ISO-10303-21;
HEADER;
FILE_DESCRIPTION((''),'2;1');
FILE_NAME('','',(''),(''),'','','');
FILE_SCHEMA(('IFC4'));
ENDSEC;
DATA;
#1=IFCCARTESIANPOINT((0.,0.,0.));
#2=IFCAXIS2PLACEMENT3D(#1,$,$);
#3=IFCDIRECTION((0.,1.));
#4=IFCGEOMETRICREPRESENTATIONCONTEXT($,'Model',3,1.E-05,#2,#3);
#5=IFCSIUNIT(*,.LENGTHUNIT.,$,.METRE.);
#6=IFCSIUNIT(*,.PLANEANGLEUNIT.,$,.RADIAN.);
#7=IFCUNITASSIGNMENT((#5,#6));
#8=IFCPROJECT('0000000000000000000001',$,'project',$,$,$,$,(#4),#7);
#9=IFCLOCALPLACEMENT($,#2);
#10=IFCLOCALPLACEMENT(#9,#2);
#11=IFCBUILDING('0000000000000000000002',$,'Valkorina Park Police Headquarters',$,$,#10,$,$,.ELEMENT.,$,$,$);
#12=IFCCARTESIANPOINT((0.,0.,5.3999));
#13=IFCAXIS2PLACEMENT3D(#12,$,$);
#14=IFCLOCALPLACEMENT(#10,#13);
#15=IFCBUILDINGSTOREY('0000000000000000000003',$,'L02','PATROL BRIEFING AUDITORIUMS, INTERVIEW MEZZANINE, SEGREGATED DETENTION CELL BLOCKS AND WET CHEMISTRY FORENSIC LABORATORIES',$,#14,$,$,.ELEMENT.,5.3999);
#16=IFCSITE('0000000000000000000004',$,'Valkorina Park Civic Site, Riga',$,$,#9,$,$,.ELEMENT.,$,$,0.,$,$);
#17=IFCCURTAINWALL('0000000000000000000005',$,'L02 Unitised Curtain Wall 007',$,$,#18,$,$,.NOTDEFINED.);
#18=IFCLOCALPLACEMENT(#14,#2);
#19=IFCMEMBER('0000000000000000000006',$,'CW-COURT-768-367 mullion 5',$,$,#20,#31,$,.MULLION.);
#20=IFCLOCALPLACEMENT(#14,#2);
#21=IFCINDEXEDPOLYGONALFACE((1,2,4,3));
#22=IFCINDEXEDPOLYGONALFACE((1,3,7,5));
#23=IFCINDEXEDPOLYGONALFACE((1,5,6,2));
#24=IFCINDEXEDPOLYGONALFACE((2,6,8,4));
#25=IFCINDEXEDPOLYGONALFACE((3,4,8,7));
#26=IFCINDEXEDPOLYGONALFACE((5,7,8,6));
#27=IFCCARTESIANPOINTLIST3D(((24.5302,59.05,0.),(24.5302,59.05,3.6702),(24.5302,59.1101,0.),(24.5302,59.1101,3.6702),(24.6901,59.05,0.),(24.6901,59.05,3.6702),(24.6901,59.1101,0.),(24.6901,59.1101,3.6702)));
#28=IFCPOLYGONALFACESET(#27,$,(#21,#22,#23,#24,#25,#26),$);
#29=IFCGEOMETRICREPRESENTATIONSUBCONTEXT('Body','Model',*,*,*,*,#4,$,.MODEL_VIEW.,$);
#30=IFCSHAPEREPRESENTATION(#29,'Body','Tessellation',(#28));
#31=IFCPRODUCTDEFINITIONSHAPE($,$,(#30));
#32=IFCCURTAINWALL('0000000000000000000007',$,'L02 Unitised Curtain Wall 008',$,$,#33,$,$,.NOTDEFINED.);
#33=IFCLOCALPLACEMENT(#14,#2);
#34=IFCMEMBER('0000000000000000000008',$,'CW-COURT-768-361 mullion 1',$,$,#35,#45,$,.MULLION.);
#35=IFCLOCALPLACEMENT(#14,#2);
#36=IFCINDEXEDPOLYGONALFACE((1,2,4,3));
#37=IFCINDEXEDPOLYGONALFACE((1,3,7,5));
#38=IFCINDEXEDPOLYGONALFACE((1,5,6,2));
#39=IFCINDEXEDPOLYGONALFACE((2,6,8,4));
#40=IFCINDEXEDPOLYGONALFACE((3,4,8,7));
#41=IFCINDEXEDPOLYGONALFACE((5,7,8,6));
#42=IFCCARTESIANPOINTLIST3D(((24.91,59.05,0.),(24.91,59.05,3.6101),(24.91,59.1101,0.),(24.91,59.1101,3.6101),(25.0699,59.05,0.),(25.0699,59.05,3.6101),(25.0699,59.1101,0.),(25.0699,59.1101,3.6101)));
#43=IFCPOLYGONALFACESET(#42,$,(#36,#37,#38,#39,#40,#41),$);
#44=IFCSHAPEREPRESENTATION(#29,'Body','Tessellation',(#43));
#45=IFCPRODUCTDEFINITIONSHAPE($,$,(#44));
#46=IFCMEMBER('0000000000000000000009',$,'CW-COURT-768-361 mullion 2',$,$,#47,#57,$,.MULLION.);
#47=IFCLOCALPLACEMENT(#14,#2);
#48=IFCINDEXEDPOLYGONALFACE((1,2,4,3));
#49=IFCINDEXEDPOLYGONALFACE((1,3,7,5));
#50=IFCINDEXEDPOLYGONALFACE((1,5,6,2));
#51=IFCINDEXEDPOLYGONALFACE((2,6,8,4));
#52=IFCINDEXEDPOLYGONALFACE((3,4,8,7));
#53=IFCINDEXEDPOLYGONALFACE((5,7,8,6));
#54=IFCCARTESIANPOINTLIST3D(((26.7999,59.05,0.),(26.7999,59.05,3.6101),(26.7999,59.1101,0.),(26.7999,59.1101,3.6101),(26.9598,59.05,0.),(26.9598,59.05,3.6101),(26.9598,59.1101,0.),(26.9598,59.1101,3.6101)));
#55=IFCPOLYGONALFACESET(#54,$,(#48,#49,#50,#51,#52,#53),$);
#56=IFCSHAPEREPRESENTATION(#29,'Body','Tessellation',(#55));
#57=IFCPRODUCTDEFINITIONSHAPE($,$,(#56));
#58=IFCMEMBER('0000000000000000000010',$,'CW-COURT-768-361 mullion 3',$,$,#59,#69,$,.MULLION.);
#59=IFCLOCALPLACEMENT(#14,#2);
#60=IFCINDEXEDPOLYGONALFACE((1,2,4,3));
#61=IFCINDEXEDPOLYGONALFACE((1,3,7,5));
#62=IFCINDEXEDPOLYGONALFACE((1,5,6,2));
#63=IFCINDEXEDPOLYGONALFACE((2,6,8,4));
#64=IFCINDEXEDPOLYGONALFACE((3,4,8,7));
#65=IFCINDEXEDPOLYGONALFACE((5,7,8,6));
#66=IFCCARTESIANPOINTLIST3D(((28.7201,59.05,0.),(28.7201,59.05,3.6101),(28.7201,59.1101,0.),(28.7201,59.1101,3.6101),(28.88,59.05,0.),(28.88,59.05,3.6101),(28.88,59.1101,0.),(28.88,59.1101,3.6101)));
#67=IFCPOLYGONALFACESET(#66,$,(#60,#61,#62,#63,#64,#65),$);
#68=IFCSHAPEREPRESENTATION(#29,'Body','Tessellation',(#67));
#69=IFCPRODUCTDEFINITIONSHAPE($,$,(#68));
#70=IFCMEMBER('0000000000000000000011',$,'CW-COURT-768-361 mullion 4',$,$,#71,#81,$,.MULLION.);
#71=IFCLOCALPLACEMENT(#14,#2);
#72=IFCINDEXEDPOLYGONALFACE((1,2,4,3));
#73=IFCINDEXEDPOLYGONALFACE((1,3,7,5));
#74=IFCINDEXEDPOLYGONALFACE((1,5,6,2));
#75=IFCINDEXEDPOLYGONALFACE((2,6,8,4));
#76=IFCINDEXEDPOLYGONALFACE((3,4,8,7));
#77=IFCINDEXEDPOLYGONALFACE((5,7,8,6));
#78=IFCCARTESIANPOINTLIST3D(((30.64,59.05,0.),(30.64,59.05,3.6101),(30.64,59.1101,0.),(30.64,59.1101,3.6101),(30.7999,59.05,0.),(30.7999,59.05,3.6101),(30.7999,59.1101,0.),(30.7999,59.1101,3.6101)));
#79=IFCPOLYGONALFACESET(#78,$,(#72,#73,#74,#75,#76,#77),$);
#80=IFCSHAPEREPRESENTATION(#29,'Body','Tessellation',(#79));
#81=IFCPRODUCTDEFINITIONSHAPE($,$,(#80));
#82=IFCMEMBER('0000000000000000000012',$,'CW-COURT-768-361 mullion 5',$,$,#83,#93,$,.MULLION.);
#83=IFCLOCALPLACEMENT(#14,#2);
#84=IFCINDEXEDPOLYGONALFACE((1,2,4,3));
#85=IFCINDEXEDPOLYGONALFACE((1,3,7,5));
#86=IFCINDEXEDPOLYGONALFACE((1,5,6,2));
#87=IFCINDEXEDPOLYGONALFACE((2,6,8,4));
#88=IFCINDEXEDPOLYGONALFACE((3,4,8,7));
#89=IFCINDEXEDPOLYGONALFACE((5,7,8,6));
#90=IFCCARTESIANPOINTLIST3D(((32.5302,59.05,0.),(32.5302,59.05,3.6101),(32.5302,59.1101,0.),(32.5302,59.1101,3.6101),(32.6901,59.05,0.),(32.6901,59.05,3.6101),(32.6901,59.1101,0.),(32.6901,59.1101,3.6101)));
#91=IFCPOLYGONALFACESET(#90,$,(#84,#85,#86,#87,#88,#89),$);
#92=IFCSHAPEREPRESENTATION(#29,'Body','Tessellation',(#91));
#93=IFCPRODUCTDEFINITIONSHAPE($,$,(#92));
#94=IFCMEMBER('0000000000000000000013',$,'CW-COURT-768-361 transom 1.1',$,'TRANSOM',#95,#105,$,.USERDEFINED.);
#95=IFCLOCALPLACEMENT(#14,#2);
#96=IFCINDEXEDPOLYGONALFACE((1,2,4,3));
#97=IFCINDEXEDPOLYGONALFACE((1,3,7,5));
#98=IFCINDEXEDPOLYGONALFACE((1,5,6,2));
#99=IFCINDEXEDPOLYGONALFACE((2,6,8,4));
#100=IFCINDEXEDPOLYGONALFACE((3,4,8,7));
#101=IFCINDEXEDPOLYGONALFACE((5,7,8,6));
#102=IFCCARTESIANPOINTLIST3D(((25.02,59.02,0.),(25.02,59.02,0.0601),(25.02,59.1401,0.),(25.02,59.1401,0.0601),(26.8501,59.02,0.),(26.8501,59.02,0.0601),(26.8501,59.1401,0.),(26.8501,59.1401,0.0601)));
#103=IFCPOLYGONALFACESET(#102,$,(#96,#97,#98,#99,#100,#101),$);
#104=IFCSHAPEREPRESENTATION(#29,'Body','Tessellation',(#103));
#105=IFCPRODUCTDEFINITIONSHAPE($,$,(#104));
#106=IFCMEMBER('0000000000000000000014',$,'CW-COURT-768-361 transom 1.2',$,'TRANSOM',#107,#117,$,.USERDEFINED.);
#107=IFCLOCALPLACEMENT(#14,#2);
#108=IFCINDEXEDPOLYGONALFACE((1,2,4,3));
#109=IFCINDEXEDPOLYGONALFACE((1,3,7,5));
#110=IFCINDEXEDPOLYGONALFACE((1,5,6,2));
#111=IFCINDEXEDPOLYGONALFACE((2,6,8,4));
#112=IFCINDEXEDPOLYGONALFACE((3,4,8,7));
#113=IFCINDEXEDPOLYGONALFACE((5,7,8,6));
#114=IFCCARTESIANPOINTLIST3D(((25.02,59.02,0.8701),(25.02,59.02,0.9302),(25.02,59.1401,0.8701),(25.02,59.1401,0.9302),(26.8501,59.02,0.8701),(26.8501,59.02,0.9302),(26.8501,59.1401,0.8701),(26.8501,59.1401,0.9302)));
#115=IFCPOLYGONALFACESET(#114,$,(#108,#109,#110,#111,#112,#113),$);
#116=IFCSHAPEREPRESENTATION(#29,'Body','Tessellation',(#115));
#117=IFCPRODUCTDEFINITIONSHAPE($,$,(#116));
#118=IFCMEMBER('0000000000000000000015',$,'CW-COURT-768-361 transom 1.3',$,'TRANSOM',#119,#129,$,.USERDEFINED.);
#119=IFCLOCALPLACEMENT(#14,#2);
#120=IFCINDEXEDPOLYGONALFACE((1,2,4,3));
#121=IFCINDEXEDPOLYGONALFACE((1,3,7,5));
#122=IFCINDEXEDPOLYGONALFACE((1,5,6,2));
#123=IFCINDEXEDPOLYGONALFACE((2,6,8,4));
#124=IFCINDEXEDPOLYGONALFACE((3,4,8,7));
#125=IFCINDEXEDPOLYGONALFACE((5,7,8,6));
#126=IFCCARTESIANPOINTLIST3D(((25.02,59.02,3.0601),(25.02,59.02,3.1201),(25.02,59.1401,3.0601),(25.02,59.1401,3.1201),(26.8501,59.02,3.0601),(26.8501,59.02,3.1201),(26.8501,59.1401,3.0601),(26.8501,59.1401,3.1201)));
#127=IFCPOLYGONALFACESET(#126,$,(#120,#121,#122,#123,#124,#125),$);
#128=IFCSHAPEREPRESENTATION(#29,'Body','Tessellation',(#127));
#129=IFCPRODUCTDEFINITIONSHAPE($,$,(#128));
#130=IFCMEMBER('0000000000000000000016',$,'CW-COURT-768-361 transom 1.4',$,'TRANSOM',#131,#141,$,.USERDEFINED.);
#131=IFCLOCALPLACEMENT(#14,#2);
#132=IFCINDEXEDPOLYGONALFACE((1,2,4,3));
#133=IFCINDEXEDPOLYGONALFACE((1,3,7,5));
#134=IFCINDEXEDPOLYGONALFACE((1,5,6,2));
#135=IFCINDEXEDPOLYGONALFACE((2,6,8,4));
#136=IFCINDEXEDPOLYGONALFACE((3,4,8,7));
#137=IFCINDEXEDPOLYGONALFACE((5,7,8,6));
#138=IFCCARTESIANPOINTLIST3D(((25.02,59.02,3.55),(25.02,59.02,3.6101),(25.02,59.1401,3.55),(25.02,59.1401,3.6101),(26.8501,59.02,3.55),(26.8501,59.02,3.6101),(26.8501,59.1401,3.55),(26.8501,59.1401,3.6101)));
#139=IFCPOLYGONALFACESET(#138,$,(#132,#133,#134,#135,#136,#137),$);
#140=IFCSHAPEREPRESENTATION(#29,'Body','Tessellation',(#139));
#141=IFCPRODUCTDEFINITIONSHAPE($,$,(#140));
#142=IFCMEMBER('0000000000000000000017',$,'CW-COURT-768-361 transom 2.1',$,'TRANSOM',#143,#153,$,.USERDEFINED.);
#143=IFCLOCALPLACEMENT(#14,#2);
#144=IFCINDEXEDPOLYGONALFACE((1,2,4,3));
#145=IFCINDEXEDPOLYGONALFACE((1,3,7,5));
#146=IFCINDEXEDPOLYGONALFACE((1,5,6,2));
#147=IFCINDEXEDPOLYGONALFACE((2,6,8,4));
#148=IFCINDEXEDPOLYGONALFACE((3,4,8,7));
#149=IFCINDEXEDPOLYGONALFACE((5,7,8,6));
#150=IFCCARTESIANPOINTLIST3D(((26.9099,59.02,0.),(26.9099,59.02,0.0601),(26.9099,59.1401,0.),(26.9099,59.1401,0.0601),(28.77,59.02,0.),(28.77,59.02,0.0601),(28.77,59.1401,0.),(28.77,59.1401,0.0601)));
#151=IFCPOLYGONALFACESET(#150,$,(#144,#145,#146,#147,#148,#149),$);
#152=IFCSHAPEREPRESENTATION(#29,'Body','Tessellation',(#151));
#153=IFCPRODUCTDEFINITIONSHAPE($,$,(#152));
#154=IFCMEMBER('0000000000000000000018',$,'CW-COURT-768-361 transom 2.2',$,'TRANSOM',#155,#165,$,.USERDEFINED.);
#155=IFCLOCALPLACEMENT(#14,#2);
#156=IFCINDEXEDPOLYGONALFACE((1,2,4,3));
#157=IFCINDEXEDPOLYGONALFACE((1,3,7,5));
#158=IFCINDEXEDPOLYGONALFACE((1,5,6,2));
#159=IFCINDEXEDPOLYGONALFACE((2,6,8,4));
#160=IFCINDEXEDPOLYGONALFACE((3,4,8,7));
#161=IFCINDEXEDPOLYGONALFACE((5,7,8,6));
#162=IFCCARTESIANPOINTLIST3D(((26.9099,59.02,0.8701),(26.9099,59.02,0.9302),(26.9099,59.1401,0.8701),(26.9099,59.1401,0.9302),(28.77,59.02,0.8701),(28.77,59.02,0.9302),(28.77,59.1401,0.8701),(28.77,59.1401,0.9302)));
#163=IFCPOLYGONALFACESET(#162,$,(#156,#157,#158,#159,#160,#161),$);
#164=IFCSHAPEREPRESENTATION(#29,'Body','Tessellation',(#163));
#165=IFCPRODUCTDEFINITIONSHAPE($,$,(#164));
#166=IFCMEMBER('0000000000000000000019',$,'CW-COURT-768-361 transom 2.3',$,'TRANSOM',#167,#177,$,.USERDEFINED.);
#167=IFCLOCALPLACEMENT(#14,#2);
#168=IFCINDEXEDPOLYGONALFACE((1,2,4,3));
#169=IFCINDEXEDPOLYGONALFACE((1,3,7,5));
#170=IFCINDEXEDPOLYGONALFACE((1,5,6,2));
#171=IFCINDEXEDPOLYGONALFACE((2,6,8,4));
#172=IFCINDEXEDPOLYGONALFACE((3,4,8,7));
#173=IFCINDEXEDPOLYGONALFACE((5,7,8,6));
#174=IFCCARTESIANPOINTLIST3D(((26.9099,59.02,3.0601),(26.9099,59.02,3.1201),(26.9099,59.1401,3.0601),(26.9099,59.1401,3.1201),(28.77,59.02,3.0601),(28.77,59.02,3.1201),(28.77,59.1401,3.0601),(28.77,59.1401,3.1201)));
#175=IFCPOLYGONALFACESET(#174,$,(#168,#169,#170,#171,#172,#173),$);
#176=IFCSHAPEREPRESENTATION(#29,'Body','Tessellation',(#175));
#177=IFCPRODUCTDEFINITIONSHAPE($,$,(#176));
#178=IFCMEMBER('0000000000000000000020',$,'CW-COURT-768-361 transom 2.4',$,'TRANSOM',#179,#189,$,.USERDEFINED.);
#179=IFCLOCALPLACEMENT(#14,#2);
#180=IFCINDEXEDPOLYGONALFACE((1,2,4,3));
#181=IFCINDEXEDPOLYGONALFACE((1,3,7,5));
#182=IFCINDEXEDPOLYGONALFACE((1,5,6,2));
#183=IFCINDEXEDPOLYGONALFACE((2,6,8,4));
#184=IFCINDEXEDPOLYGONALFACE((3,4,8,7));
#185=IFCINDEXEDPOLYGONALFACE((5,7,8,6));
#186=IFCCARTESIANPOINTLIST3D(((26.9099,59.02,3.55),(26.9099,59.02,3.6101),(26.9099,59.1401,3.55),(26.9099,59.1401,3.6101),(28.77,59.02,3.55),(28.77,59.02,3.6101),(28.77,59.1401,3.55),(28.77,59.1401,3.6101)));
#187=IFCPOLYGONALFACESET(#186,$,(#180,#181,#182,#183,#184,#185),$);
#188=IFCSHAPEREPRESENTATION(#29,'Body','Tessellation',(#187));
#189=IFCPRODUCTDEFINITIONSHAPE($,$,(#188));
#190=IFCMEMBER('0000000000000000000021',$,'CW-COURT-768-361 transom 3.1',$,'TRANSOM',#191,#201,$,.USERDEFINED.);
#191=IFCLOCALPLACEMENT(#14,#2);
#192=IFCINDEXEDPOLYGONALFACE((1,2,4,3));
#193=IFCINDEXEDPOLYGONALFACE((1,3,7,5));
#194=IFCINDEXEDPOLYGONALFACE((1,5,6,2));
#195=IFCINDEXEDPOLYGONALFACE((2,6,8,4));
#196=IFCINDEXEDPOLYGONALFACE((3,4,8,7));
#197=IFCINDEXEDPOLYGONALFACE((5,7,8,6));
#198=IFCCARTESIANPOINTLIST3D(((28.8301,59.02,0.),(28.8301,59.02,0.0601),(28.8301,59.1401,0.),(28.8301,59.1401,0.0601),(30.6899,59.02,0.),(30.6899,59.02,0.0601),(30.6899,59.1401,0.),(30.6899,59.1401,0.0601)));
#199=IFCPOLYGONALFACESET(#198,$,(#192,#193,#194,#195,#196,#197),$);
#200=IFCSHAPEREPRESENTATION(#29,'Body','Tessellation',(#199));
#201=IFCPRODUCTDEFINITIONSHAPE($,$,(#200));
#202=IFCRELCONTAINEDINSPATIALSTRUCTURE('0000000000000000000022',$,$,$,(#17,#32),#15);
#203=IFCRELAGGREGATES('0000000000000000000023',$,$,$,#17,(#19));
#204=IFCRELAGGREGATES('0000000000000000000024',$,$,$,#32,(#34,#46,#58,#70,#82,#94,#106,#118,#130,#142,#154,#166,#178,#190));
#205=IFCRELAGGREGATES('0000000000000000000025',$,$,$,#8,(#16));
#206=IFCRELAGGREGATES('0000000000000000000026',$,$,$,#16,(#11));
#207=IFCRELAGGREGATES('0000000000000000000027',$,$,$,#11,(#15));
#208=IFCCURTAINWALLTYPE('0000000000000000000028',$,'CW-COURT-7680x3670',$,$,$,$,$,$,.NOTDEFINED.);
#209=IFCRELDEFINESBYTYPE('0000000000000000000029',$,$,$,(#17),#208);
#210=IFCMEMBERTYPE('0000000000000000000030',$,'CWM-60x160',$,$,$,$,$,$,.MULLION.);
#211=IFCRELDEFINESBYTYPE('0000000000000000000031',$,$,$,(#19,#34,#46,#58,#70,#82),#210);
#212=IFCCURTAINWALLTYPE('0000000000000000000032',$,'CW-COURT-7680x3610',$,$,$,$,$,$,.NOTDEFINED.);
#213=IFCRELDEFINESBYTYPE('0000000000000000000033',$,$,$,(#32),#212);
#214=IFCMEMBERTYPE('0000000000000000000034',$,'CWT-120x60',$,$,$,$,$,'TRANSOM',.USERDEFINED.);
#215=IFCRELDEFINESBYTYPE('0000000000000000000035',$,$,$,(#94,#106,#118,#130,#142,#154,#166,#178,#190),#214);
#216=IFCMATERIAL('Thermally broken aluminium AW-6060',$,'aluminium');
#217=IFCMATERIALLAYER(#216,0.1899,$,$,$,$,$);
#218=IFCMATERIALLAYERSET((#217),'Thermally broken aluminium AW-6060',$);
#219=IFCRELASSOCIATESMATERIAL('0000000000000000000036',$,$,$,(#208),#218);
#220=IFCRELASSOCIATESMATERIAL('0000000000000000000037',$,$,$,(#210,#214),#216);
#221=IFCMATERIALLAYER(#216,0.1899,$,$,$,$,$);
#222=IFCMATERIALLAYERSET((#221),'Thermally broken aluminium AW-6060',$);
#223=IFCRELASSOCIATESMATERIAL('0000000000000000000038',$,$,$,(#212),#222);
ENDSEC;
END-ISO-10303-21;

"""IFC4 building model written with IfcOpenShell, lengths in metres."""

from ifc_helpers import new_model, si_unit, direction, frame, origin, origin_2d, place, context, subcontext, project, spatial, rectangle, extrude, material, layer, layer_set, material_profile, profile_set, type_object, element, aggregate, save


model = new_model("IFC4")

# Units and contexts
model_context = context("Model", 3, precision=1e-05, world=origin(), true_north=direction((0.0, 1.0)))
body_context = subcontext(model_context, "Body", "Model", "MODEL_VIEW")
ifc_project = project(units=[si_unit("LENGTHUNIT", "METRE"), si_unit("PLANEANGLEUNIT", "RADIAN")], contexts=[model_context])

# Site, building, storey
site_placement = place(None, origin())
site = spatial("IfcSite", under=ifc_project, at=site_placement, Name="Valkorina Park Civic Site, Riga", CompositionType="ELEMENT", RefElevation=0.0)
building_placement = place(site_placement, origin())
building = spatial("IfcBuilding", under=site, at=building_placement, Name="Valkorina Park Police Headquarters", CompositionType="ELEMENT")
storey_placement = place(building_placement, frame((0.0, 0.0, 5.3999)))
storey = spatial("IfcBuildingStorey", under=building, at=storey_placement, Name="L02", Description="PATROL BRIEFING AUDITORIUMS, INTERVIEW MEZZANINE, SEGREGATED DETENTION CELL BLOCKS AND WET CHEMISTRY FORENSIC LABORATORIES", CompositionType="ELEMENT", Elevation=5.3999)

# Curtain wall, member
ifc_material_1 = material(Name="Thermally broken aluminium AW-6060", Category="aluminium")
ifc_layer_1 = layer(ifc_material_1, 0.1899)
ifc_layer_set_1 = layer_set([ifc_layer_1], Name="Thermally broken aluminium AW-6060")
curtain_wall_type_1 = type_object("IfcCurtainWallType", Name="CW-COURT-7680x3670", PredefinedType="NOTDEFINED", material=ifc_layer_set_1)
curtain_wall_1_placement = place(storey_placement, origin())
curtain_wall_1 = element("IfcCurtainWall", 1, at=curtain_wall_1_placement, inside=storey, type_object=curtain_wall_type_1, Name="L02 Unitised Curtain Wall 007", PredefinedType="NOTDEFINED")
ifc_material_profile_1 = material_profile(ifc_material_1, rectangle(XDim=0.0601, YDim=0.1599, at=origin_2d()), Name="CWM-01 60x160")
ifc_profile_set_1 = profile_set([ifc_material_profile_1], Name="Thermally broken aluminium AW-6060")
member_type_1 = type_object("IfcMemberType", Name="CWM-60x160", PredefinedType="MULLION", material=ifc_profile_set_1)
member_1_placement = place(storey_placement, frame((24.6101, 59.0801, 0.0), z_axis=(0.0, 0.0, 1.0), x_axis=(0.0, 1.0, 0.0)))
member_1 = element("IfcMember", 2, at=member_1_placement, type_object=member_type_1, Name="CW-COURT-768-367 mullion 5", PredefinedType="MULLION", context=body_context, shape_type="SweptSolid", body=[
    extrude(rectangle(XDim=0.0601, YDim=0.1599, at=origin_2d()), origin(), (0.0, 0.0, 1.0), 3.6702),
])

# Curtain wall, members
ifc_layer_2 = layer(ifc_material_1, 0.1899)
ifc_layer_set_2 = layer_set([ifc_layer_2], Name="Thermally broken aluminium AW-6060")
curtain_wall_type_2 = type_object("IfcCurtainWallType", Name="CW-COURT-7680x3610", PredefinedType="NOTDEFINED", material=ifc_layer_set_2)
curtain_wall_2_placement = place(storey_placement, origin())
curtain_wall_2 = element("IfcCurtainWall", 3, at=curtain_wall_2_placement, inside=storey, type_object=curtain_wall_type_2, Name="L02 Unitised Curtain Wall 008", PredefinedType="NOTDEFINED")
member_2_placement = place(storey_placement, frame((24.99, 59.0801, 0.0), z_axis=(0.0, 0.0, 1.0), x_axis=(0.0, 1.0, 0.0)))
member_2 = element("IfcMember", 4, at=member_2_placement, type_object=member_type_1, Name="CW-COURT-768-361 mullion 1", PredefinedType="MULLION", context=body_context, shape_type="SweptSolid", body=[
    extrude(rectangle(XDim=0.0601, YDim=0.1599, at=origin_2d()), origin(), (0.0, 0.0, 1.0), 3.6101),
])
member_3_placement = place(storey_placement, frame((26.8799, 59.0801, 0.0), z_axis=(0.0, 0.0, 1.0), x_axis=(0.0, 1.0, 0.0)))
member_3 = element("IfcMember", 5, at=member_3_placement, type_object=member_type_1, Name="CW-COURT-768-361 mullion 2", PredefinedType="MULLION", context=body_context, shape_type="SweptSolid", body=[
    extrude(rectangle(XDim=0.0601, YDim=0.1599, at=origin_2d()), origin(), (0.0, 0.0, 1.0), 3.6101),
])
member_4_placement = place(storey_placement, frame((28.8, 59.0801, 0.0), z_axis=(0.0, 0.0, 1.0), x_axis=(0.0, 1.0, 0.0)))
member_4 = element("IfcMember", 6, at=member_4_placement, type_object=member_type_1, Name="CW-COURT-768-361 mullion 3", PredefinedType="MULLION", context=body_context, shape_type="SweptSolid", body=[
    extrude(rectangle(XDim=0.0601, YDim=0.1599, at=origin_2d()), origin(), (0.0, 0.0, 1.0), 3.6101),
])
member_5_placement = place(storey_placement, frame((30.72, 59.0801, 0.0), z_axis=(0.0, 0.0, 1.0), x_axis=(0.0, 1.0, 0.0)))
member_5 = element("IfcMember", 7, at=member_5_placement, type_object=member_type_1, Name="CW-COURT-768-361 mullion 4", PredefinedType="MULLION", context=body_context, shape_type="SweptSolid", body=[
    extrude(rectangle(XDim=0.0601, YDim=0.1599, at=origin_2d()), origin(), (0.0, 0.0, 1.0), 3.6101),
])
member_6_placement = place(storey_placement, frame((32.6101, 59.0801, 0.0), z_axis=(0.0, 0.0, 1.0), x_axis=(0.0, 1.0, 0.0)))
member_6 = element("IfcMember", 8, at=member_6_placement, type_object=member_type_1, Name="CW-COURT-768-361 mullion 5", PredefinedType="MULLION", context=body_context, shape_type="SweptSolid", body=[
    extrude(rectangle(XDim=0.0601, YDim=0.1599, at=origin_2d()), origin(), (0.0, 0.0, 1.0), 3.6101),
])
ifc_material_profile_2 = material_profile(ifc_material_1, rectangle(XDim=0.1201, YDim=0.0601, at=origin_2d()), Name="CWT-01 120x60")
ifc_profile_set_2 = profile_set([ifc_material_profile_2], Name="Thermally broken aluminium AW-6060")
member_type_2 = type_object("IfcMemberType", Name="CWT-120x60", ElementType="TRANSOM", PredefinedType="USERDEFINED", material=ifc_profile_set_2)
member_7_placement = place(storey_placement, frame((25.02, 59.0801, 0.03), z_axis=(1.0, 0.0, 0.0), x_axis=(0.0, 1.0, 0.0)))
member_7 = element("IfcMember", 9, at=member_7_placement, type_object=member_type_2, Name="CW-COURT-768-361 transom 1.1", ObjectType="TRANSOM", PredefinedType="USERDEFINED", context=body_context, shape_type="SweptSolid", body=[
    extrude(rectangle(XDim=0.1201, YDim=0.0601, at=origin_2d()), origin(), (0.0, 0.0, 1.0), 1.8301),
])
member_8_placement = place(storey_placement, frame((25.02, 59.0801, 0.9001), z_axis=(1.0, 0.0, 0.0), x_axis=(0.0, 1.0, 0.0)))
member_8 = element("IfcMember", 10, at=member_8_placement, type_object=member_type_2, Name="CW-COURT-768-361 transom 1.2", ObjectType="TRANSOM", PredefinedType="USERDEFINED", context=body_context, shape_type="SweptSolid", body=[
    extrude(rectangle(XDim=0.1201, YDim=0.0601, at=origin_2d()), origin(), (0.0, 0.0, 1.0), 1.8301),
])
member_9_placement = place(storey_placement, frame((25.02, 59.0801, 3.0901), z_axis=(1.0, 0.0, 0.0), x_axis=(0.0, 1.0, 0.0)))
member_9 = element("IfcMember", 11, at=member_9_placement, type_object=member_type_2, Name="CW-COURT-768-361 transom 1.3", ObjectType="TRANSOM", PredefinedType="USERDEFINED", context=body_context, shape_type="SweptSolid", body=[
    extrude(rectangle(XDim=0.1201, YDim=0.0601, at=origin_2d()), origin(), (0.0, 0.0, 1.0), 1.8301),
])
member_10_placement = place(storey_placement, frame((25.02, 59.0801, 3.5801), z_axis=(1.0, 0.0, 0.0), x_axis=(0.0, 1.0, 0.0)))
member_10 = element("IfcMember", 12, at=member_10_placement, type_object=member_type_2, Name="CW-COURT-768-361 transom 1.4", ObjectType="TRANSOM", PredefinedType="USERDEFINED", context=body_context, shape_type="SweptSolid", body=[
    extrude(rectangle(XDim=0.1201, YDim=0.0601, at=origin_2d()), origin(), (0.0, 0.0, 1.0), 1.8301),
])
member_11_placement = place(storey_placement, frame((26.9099, 59.0801, 0.03), z_axis=(1.0, 0.0, 0.0), x_axis=(0.0, 1.0, 0.0)))
member_11 = element("IfcMember", 13, at=member_11_placement, type_object=member_type_2, Name="CW-COURT-768-361 transom 2.1", ObjectType="TRANSOM", PredefinedType="USERDEFINED", context=body_context, shape_type="SweptSolid", body=[
    extrude(rectangle(XDim=0.1201, YDim=0.0601, at=origin_2d()), origin(), (0.0, 0.0, 1.0), 1.8601),
])
member_12_placement = place(storey_placement, frame((26.9099, 59.0801, 0.9001), z_axis=(1.0, 0.0, 0.0), x_axis=(0.0, 1.0, 0.0)))
member_12 = element("IfcMember", 14, at=member_12_placement, type_object=member_type_2, Name="CW-COURT-768-361 transom 2.2", ObjectType="TRANSOM", PredefinedType="USERDEFINED", context=body_context, shape_type="SweptSolid", body=[
    extrude(rectangle(XDim=0.1201, YDim=0.0601, at=origin_2d()), origin(), (0.0, 0.0, 1.0), 1.8601),
])
member_13_placement = place(storey_placement, frame((26.9099, 59.0801, 3.0901), z_axis=(1.0, 0.0, 0.0), x_axis=(0.0, 1.0, 0.0)))
member_13 = element("IfcMember", 15, at=member_13_placement, type_object=member_type_2, Name="CW-COURT-768-361 transom 2.3", ObjectType="TRANSOM", PredefinedType="USERDEFINED", context=body_context, shape_type="SweptSolid", body=[
    extrude(rectangle(XDim=0.1201, YDim=0.0601, at=origin_2d()), origin(), (0.0, 0.0, 1.0), 1.8601),
])
member_14_placement = place(storey_placement, frame((26.9099, 59.0801, 3.5801), z_axis=(1.0, 0.0, 0.0), x_axis=(0.0, 1.0, 0.0)))
member_14 = element("IfcMember", 16, at=member_14_placement, type_object=member_type_2, Name="CW-COURT-768-361 transom 2.4", ObjectType="TRANSOM", PredefinedType="USERDEFINED", context=body_context, shape_type="SweptSolid", body=[
    extrude(rectangle(XDim=0.1201, YDim=0.0601, at=origin_2d()), origin(), (0.0, 0.0, 1.0), 1.8601),
])
member_15_placement = place(storey_placement, frame((28.8301, 59.0801, 0.03), z_axis=(1.0, 0.0, 0.0), x_axis=(0.0, 1.0, 0.0)))
member_15 = element("IfcMember", 17, at=member_15_placement, type_object=member_type_2, Name="CW-COURT-768-361 transom 3.1", ObjectType="TRANSOM", PredefinedType="USERDEFINED", context=body_context, shape_type="SweptSolid", body=[
    extrude(rectangle(XDim=0.1201, YDim=0.0601, at=origin_2d()), origin(), (0.0, 0.0, 1.0), 1.8599),
])

aggregate(curtain_wall_1, [member_1])
aggregate(curtain_wall_2, [member_2, member_3, member_4, member_5, member_6, member_7, member_8, member_9, member_10, member_11, member_12, member_13, member_14, member_15])

save(model, "model.ifc")
